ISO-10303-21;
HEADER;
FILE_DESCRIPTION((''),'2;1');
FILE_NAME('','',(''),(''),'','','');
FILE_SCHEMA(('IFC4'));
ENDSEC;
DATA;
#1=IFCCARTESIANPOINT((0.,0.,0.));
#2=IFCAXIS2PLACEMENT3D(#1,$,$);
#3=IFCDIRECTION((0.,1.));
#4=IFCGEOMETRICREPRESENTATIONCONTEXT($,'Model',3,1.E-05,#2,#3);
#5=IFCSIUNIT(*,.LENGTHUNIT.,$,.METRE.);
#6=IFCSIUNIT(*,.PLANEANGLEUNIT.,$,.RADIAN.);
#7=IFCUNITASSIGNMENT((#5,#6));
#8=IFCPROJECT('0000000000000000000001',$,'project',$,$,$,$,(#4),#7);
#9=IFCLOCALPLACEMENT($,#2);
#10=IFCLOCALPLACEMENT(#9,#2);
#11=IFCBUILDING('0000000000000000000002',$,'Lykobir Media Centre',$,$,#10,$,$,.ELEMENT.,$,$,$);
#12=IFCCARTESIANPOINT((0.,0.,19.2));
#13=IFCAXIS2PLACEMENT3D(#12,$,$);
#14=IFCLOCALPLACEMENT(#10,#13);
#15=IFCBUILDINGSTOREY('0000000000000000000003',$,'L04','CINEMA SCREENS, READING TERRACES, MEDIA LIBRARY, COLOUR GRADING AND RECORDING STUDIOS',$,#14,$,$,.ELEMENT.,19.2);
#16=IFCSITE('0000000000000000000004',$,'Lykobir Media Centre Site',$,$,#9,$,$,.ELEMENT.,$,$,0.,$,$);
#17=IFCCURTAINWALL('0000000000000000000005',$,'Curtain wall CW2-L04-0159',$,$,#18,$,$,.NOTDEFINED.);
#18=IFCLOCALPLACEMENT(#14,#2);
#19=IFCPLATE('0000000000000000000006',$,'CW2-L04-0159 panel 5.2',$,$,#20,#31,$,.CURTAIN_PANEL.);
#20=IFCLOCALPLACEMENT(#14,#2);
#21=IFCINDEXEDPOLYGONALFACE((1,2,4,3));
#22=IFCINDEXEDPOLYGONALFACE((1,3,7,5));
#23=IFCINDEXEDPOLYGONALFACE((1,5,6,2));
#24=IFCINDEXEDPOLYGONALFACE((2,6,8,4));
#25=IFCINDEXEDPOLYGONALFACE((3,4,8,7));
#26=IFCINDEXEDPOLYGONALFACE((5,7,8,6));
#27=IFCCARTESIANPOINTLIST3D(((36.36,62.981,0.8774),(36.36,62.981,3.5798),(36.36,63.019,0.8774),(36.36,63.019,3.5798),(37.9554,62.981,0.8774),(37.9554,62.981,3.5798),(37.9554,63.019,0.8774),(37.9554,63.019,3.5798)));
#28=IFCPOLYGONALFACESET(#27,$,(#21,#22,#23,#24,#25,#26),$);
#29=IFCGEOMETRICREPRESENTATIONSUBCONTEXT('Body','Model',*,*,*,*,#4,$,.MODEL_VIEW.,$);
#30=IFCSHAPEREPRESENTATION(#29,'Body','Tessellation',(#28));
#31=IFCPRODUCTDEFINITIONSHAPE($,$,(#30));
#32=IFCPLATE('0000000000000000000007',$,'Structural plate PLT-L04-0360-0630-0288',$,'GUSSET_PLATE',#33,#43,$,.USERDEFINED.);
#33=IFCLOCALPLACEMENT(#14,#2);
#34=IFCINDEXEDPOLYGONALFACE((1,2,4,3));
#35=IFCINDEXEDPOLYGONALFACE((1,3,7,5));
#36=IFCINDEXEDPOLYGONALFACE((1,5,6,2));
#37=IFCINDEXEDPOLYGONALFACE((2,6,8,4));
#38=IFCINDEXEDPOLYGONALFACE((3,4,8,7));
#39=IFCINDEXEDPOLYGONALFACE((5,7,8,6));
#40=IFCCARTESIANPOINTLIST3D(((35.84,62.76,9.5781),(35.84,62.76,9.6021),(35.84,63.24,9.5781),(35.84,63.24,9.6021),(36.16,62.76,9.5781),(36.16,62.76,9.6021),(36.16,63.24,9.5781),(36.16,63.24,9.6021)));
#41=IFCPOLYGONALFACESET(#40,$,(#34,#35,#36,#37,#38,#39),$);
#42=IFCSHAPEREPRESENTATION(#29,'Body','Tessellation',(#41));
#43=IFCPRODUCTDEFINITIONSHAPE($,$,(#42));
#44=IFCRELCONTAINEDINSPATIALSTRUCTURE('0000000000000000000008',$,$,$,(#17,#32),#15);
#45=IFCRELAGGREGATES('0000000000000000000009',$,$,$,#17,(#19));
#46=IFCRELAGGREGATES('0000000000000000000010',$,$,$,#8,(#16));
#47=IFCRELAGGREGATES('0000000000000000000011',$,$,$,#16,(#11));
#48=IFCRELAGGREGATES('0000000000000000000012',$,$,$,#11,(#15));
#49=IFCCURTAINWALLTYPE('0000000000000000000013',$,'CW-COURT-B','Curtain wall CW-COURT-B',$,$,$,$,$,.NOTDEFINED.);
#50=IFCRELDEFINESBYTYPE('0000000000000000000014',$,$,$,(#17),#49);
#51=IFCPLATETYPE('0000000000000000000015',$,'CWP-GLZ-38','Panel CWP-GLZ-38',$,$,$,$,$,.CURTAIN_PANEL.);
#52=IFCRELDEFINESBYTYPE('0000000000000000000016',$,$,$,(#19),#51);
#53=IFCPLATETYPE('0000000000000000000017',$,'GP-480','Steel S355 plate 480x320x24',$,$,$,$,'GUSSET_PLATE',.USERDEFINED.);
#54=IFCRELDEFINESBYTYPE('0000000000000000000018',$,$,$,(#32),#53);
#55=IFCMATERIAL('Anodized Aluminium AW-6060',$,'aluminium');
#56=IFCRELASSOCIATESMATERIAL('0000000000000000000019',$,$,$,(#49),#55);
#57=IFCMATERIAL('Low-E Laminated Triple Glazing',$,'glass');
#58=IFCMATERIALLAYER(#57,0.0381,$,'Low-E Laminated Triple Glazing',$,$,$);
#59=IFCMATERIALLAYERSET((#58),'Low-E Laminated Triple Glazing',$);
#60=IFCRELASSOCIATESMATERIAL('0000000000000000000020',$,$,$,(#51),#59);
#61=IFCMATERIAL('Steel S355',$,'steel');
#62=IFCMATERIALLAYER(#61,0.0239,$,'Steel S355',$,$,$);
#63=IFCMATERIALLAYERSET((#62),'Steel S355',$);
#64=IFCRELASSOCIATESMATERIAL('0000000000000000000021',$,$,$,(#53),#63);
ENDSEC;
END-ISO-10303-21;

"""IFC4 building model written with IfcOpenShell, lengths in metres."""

from ifc_helpers import new_model, si_unit, direction, frame, origin, origin_2d, place, context, subcontext, project, spatial, rectangle, extrude, material, layer, layer_set, type_object, element, aggregate, save


model = new_model("IFC4")

# Units and contexts
model_context = context("Model", 3, precision=1e-05, world=origin(), true_north=direction((0.0, 1.0)))
body_context = subcontext(model_context, "Body", "Model", "MODEL_VIEW")
ifc_project = project(units=[si_unit("LENGTHUNIT", "METRE"), si_unit("PLANEANGLEUNIT", "RADIAN")], contexts=[model_context])

# Site, building, storey
site_placement = place(None, origin())
site = spatial("IfcSite", under=ifc_project, at=site_placement, Name="Lykobir Media Centre Site", CompositionType="ELEMENT", RefElevation=0.0)
building_placement = place(site_placement, origin())
building = spatial("IfcBuilding", under=site, at=building_placement, Name="Lykobir Media Centre", CompositionType="ELEMENT")
storey_placement = place(building_placement, frame((0.0, 0.0, 19.2)))
storey = spatial("IfcBuildingStorey", under=building, at=storey_placement, Name="L04", Description="CINEMA SCREENS, READING TERRACES, MEDIA LIBRARY, COLOUR GRADING AND RECORDING STUDIOS", CompositionType="ELEMENT", Elevation=19.2)

# Shared definitions
ifc_material_1 = material(Name="Steel S355", Category="steel")

# Curtain wall
ifc_material_2 = material(Name="Anodized Aluminium AW-6060", Category="aluminium")
curtain_wall_type = type_object("IfcCurtainWallType", Name="CW-COURT-B", Description="Curtain wall CW-COURT-B", PredefinedType="NOTDEFINED", material=ifc_material_2)
curtain_wall_placement = place(storey_placement, origin())
curtain_wall = element("IfcCurtainWall", 1, at=curtain_wall_placement, inside=storey, type_object=curtain_wall_type, Name="Curtain wall CW2-L04-0159", PredefinedType="NOTDEFINED")

# Plates
ifc_material_3 = material(Name="Low-E Laminated Triple Glazing", Category="glass")
ifc_layer_1 = layer(ifc_material_3, 0.0381, Name="Low-E Laminated Triple Glazing")
ifc_layer_set_1 = layer_set([ifc_layer_1], Name="Low-E Laminated Triple Glazing")
plate_type_1 = type_object("IfcPlateType", Name="CWP-GLZ-38", Description="Panel CWP-GLZ-38", PredefinedType="CURTAIN_PANEL", material=ifc_layer_set_1)
plate_1_placement = place(storey_placement, frame((37.1577, 63.0, 0.8774), z_axis=(0.0, 0.0, 1.0), x_axis=(-1.0, 0.0, 0.0)))
plate_1 = element("IfcPlate", 2, at=plate_1_placement, type_object=plate_type_1, Name="CW2-L04-0159 panel 5.2", PredefinedType="CURTAIN_PANEL", context=body_context, shape_type="SweptSolid", body=[
    extrude(rectangle(XDim=1.5955, YDim=0.0381, at=origin_2d()), origin(), (0.0, 0.0, 1.0), 2.7024),
])
aggregate(curtain_wall, [plate_1])
ifc_layer_2 = layer(ifc_material_1, 0.0239, Name="Steel S355")
ifc_layer_set_2 = layer_set([ifc_layer_2], Name="Steel S355")
plate_type_2 = type_object("IfcPlateType", Name="GP-480", Description="Steel S355 plate 480x320x24", ElementType="GUSSET_PLATE", PredefinedType="USERDEFINED", material=ifc_layer_set_2)
plate_2_placement = place(storey_placement, frame((36.0, 63.0, 9.5781), z_axis=(0.0, 0.0, 1.0), x_axis=(0.0, 1.0, 0.0)))
element("IfcPlate", 3, at=plate_2_placement, inside=storey, type_object=plate_type_2, Name="Structural plate PLT-L04-0360-0630-0288", ObjectType="GUSSET_PLATE", PredefinedType="USERDEFINED", context=body_context, shape_type="SweptSolid", body=[
    extrude(rectangle(XDim=0.48, YDim=0.3201, at=origin_2d()), origin(), (0.0, 0.0, 1.0), 0.0239),
])

save(model, "model.ifc")
